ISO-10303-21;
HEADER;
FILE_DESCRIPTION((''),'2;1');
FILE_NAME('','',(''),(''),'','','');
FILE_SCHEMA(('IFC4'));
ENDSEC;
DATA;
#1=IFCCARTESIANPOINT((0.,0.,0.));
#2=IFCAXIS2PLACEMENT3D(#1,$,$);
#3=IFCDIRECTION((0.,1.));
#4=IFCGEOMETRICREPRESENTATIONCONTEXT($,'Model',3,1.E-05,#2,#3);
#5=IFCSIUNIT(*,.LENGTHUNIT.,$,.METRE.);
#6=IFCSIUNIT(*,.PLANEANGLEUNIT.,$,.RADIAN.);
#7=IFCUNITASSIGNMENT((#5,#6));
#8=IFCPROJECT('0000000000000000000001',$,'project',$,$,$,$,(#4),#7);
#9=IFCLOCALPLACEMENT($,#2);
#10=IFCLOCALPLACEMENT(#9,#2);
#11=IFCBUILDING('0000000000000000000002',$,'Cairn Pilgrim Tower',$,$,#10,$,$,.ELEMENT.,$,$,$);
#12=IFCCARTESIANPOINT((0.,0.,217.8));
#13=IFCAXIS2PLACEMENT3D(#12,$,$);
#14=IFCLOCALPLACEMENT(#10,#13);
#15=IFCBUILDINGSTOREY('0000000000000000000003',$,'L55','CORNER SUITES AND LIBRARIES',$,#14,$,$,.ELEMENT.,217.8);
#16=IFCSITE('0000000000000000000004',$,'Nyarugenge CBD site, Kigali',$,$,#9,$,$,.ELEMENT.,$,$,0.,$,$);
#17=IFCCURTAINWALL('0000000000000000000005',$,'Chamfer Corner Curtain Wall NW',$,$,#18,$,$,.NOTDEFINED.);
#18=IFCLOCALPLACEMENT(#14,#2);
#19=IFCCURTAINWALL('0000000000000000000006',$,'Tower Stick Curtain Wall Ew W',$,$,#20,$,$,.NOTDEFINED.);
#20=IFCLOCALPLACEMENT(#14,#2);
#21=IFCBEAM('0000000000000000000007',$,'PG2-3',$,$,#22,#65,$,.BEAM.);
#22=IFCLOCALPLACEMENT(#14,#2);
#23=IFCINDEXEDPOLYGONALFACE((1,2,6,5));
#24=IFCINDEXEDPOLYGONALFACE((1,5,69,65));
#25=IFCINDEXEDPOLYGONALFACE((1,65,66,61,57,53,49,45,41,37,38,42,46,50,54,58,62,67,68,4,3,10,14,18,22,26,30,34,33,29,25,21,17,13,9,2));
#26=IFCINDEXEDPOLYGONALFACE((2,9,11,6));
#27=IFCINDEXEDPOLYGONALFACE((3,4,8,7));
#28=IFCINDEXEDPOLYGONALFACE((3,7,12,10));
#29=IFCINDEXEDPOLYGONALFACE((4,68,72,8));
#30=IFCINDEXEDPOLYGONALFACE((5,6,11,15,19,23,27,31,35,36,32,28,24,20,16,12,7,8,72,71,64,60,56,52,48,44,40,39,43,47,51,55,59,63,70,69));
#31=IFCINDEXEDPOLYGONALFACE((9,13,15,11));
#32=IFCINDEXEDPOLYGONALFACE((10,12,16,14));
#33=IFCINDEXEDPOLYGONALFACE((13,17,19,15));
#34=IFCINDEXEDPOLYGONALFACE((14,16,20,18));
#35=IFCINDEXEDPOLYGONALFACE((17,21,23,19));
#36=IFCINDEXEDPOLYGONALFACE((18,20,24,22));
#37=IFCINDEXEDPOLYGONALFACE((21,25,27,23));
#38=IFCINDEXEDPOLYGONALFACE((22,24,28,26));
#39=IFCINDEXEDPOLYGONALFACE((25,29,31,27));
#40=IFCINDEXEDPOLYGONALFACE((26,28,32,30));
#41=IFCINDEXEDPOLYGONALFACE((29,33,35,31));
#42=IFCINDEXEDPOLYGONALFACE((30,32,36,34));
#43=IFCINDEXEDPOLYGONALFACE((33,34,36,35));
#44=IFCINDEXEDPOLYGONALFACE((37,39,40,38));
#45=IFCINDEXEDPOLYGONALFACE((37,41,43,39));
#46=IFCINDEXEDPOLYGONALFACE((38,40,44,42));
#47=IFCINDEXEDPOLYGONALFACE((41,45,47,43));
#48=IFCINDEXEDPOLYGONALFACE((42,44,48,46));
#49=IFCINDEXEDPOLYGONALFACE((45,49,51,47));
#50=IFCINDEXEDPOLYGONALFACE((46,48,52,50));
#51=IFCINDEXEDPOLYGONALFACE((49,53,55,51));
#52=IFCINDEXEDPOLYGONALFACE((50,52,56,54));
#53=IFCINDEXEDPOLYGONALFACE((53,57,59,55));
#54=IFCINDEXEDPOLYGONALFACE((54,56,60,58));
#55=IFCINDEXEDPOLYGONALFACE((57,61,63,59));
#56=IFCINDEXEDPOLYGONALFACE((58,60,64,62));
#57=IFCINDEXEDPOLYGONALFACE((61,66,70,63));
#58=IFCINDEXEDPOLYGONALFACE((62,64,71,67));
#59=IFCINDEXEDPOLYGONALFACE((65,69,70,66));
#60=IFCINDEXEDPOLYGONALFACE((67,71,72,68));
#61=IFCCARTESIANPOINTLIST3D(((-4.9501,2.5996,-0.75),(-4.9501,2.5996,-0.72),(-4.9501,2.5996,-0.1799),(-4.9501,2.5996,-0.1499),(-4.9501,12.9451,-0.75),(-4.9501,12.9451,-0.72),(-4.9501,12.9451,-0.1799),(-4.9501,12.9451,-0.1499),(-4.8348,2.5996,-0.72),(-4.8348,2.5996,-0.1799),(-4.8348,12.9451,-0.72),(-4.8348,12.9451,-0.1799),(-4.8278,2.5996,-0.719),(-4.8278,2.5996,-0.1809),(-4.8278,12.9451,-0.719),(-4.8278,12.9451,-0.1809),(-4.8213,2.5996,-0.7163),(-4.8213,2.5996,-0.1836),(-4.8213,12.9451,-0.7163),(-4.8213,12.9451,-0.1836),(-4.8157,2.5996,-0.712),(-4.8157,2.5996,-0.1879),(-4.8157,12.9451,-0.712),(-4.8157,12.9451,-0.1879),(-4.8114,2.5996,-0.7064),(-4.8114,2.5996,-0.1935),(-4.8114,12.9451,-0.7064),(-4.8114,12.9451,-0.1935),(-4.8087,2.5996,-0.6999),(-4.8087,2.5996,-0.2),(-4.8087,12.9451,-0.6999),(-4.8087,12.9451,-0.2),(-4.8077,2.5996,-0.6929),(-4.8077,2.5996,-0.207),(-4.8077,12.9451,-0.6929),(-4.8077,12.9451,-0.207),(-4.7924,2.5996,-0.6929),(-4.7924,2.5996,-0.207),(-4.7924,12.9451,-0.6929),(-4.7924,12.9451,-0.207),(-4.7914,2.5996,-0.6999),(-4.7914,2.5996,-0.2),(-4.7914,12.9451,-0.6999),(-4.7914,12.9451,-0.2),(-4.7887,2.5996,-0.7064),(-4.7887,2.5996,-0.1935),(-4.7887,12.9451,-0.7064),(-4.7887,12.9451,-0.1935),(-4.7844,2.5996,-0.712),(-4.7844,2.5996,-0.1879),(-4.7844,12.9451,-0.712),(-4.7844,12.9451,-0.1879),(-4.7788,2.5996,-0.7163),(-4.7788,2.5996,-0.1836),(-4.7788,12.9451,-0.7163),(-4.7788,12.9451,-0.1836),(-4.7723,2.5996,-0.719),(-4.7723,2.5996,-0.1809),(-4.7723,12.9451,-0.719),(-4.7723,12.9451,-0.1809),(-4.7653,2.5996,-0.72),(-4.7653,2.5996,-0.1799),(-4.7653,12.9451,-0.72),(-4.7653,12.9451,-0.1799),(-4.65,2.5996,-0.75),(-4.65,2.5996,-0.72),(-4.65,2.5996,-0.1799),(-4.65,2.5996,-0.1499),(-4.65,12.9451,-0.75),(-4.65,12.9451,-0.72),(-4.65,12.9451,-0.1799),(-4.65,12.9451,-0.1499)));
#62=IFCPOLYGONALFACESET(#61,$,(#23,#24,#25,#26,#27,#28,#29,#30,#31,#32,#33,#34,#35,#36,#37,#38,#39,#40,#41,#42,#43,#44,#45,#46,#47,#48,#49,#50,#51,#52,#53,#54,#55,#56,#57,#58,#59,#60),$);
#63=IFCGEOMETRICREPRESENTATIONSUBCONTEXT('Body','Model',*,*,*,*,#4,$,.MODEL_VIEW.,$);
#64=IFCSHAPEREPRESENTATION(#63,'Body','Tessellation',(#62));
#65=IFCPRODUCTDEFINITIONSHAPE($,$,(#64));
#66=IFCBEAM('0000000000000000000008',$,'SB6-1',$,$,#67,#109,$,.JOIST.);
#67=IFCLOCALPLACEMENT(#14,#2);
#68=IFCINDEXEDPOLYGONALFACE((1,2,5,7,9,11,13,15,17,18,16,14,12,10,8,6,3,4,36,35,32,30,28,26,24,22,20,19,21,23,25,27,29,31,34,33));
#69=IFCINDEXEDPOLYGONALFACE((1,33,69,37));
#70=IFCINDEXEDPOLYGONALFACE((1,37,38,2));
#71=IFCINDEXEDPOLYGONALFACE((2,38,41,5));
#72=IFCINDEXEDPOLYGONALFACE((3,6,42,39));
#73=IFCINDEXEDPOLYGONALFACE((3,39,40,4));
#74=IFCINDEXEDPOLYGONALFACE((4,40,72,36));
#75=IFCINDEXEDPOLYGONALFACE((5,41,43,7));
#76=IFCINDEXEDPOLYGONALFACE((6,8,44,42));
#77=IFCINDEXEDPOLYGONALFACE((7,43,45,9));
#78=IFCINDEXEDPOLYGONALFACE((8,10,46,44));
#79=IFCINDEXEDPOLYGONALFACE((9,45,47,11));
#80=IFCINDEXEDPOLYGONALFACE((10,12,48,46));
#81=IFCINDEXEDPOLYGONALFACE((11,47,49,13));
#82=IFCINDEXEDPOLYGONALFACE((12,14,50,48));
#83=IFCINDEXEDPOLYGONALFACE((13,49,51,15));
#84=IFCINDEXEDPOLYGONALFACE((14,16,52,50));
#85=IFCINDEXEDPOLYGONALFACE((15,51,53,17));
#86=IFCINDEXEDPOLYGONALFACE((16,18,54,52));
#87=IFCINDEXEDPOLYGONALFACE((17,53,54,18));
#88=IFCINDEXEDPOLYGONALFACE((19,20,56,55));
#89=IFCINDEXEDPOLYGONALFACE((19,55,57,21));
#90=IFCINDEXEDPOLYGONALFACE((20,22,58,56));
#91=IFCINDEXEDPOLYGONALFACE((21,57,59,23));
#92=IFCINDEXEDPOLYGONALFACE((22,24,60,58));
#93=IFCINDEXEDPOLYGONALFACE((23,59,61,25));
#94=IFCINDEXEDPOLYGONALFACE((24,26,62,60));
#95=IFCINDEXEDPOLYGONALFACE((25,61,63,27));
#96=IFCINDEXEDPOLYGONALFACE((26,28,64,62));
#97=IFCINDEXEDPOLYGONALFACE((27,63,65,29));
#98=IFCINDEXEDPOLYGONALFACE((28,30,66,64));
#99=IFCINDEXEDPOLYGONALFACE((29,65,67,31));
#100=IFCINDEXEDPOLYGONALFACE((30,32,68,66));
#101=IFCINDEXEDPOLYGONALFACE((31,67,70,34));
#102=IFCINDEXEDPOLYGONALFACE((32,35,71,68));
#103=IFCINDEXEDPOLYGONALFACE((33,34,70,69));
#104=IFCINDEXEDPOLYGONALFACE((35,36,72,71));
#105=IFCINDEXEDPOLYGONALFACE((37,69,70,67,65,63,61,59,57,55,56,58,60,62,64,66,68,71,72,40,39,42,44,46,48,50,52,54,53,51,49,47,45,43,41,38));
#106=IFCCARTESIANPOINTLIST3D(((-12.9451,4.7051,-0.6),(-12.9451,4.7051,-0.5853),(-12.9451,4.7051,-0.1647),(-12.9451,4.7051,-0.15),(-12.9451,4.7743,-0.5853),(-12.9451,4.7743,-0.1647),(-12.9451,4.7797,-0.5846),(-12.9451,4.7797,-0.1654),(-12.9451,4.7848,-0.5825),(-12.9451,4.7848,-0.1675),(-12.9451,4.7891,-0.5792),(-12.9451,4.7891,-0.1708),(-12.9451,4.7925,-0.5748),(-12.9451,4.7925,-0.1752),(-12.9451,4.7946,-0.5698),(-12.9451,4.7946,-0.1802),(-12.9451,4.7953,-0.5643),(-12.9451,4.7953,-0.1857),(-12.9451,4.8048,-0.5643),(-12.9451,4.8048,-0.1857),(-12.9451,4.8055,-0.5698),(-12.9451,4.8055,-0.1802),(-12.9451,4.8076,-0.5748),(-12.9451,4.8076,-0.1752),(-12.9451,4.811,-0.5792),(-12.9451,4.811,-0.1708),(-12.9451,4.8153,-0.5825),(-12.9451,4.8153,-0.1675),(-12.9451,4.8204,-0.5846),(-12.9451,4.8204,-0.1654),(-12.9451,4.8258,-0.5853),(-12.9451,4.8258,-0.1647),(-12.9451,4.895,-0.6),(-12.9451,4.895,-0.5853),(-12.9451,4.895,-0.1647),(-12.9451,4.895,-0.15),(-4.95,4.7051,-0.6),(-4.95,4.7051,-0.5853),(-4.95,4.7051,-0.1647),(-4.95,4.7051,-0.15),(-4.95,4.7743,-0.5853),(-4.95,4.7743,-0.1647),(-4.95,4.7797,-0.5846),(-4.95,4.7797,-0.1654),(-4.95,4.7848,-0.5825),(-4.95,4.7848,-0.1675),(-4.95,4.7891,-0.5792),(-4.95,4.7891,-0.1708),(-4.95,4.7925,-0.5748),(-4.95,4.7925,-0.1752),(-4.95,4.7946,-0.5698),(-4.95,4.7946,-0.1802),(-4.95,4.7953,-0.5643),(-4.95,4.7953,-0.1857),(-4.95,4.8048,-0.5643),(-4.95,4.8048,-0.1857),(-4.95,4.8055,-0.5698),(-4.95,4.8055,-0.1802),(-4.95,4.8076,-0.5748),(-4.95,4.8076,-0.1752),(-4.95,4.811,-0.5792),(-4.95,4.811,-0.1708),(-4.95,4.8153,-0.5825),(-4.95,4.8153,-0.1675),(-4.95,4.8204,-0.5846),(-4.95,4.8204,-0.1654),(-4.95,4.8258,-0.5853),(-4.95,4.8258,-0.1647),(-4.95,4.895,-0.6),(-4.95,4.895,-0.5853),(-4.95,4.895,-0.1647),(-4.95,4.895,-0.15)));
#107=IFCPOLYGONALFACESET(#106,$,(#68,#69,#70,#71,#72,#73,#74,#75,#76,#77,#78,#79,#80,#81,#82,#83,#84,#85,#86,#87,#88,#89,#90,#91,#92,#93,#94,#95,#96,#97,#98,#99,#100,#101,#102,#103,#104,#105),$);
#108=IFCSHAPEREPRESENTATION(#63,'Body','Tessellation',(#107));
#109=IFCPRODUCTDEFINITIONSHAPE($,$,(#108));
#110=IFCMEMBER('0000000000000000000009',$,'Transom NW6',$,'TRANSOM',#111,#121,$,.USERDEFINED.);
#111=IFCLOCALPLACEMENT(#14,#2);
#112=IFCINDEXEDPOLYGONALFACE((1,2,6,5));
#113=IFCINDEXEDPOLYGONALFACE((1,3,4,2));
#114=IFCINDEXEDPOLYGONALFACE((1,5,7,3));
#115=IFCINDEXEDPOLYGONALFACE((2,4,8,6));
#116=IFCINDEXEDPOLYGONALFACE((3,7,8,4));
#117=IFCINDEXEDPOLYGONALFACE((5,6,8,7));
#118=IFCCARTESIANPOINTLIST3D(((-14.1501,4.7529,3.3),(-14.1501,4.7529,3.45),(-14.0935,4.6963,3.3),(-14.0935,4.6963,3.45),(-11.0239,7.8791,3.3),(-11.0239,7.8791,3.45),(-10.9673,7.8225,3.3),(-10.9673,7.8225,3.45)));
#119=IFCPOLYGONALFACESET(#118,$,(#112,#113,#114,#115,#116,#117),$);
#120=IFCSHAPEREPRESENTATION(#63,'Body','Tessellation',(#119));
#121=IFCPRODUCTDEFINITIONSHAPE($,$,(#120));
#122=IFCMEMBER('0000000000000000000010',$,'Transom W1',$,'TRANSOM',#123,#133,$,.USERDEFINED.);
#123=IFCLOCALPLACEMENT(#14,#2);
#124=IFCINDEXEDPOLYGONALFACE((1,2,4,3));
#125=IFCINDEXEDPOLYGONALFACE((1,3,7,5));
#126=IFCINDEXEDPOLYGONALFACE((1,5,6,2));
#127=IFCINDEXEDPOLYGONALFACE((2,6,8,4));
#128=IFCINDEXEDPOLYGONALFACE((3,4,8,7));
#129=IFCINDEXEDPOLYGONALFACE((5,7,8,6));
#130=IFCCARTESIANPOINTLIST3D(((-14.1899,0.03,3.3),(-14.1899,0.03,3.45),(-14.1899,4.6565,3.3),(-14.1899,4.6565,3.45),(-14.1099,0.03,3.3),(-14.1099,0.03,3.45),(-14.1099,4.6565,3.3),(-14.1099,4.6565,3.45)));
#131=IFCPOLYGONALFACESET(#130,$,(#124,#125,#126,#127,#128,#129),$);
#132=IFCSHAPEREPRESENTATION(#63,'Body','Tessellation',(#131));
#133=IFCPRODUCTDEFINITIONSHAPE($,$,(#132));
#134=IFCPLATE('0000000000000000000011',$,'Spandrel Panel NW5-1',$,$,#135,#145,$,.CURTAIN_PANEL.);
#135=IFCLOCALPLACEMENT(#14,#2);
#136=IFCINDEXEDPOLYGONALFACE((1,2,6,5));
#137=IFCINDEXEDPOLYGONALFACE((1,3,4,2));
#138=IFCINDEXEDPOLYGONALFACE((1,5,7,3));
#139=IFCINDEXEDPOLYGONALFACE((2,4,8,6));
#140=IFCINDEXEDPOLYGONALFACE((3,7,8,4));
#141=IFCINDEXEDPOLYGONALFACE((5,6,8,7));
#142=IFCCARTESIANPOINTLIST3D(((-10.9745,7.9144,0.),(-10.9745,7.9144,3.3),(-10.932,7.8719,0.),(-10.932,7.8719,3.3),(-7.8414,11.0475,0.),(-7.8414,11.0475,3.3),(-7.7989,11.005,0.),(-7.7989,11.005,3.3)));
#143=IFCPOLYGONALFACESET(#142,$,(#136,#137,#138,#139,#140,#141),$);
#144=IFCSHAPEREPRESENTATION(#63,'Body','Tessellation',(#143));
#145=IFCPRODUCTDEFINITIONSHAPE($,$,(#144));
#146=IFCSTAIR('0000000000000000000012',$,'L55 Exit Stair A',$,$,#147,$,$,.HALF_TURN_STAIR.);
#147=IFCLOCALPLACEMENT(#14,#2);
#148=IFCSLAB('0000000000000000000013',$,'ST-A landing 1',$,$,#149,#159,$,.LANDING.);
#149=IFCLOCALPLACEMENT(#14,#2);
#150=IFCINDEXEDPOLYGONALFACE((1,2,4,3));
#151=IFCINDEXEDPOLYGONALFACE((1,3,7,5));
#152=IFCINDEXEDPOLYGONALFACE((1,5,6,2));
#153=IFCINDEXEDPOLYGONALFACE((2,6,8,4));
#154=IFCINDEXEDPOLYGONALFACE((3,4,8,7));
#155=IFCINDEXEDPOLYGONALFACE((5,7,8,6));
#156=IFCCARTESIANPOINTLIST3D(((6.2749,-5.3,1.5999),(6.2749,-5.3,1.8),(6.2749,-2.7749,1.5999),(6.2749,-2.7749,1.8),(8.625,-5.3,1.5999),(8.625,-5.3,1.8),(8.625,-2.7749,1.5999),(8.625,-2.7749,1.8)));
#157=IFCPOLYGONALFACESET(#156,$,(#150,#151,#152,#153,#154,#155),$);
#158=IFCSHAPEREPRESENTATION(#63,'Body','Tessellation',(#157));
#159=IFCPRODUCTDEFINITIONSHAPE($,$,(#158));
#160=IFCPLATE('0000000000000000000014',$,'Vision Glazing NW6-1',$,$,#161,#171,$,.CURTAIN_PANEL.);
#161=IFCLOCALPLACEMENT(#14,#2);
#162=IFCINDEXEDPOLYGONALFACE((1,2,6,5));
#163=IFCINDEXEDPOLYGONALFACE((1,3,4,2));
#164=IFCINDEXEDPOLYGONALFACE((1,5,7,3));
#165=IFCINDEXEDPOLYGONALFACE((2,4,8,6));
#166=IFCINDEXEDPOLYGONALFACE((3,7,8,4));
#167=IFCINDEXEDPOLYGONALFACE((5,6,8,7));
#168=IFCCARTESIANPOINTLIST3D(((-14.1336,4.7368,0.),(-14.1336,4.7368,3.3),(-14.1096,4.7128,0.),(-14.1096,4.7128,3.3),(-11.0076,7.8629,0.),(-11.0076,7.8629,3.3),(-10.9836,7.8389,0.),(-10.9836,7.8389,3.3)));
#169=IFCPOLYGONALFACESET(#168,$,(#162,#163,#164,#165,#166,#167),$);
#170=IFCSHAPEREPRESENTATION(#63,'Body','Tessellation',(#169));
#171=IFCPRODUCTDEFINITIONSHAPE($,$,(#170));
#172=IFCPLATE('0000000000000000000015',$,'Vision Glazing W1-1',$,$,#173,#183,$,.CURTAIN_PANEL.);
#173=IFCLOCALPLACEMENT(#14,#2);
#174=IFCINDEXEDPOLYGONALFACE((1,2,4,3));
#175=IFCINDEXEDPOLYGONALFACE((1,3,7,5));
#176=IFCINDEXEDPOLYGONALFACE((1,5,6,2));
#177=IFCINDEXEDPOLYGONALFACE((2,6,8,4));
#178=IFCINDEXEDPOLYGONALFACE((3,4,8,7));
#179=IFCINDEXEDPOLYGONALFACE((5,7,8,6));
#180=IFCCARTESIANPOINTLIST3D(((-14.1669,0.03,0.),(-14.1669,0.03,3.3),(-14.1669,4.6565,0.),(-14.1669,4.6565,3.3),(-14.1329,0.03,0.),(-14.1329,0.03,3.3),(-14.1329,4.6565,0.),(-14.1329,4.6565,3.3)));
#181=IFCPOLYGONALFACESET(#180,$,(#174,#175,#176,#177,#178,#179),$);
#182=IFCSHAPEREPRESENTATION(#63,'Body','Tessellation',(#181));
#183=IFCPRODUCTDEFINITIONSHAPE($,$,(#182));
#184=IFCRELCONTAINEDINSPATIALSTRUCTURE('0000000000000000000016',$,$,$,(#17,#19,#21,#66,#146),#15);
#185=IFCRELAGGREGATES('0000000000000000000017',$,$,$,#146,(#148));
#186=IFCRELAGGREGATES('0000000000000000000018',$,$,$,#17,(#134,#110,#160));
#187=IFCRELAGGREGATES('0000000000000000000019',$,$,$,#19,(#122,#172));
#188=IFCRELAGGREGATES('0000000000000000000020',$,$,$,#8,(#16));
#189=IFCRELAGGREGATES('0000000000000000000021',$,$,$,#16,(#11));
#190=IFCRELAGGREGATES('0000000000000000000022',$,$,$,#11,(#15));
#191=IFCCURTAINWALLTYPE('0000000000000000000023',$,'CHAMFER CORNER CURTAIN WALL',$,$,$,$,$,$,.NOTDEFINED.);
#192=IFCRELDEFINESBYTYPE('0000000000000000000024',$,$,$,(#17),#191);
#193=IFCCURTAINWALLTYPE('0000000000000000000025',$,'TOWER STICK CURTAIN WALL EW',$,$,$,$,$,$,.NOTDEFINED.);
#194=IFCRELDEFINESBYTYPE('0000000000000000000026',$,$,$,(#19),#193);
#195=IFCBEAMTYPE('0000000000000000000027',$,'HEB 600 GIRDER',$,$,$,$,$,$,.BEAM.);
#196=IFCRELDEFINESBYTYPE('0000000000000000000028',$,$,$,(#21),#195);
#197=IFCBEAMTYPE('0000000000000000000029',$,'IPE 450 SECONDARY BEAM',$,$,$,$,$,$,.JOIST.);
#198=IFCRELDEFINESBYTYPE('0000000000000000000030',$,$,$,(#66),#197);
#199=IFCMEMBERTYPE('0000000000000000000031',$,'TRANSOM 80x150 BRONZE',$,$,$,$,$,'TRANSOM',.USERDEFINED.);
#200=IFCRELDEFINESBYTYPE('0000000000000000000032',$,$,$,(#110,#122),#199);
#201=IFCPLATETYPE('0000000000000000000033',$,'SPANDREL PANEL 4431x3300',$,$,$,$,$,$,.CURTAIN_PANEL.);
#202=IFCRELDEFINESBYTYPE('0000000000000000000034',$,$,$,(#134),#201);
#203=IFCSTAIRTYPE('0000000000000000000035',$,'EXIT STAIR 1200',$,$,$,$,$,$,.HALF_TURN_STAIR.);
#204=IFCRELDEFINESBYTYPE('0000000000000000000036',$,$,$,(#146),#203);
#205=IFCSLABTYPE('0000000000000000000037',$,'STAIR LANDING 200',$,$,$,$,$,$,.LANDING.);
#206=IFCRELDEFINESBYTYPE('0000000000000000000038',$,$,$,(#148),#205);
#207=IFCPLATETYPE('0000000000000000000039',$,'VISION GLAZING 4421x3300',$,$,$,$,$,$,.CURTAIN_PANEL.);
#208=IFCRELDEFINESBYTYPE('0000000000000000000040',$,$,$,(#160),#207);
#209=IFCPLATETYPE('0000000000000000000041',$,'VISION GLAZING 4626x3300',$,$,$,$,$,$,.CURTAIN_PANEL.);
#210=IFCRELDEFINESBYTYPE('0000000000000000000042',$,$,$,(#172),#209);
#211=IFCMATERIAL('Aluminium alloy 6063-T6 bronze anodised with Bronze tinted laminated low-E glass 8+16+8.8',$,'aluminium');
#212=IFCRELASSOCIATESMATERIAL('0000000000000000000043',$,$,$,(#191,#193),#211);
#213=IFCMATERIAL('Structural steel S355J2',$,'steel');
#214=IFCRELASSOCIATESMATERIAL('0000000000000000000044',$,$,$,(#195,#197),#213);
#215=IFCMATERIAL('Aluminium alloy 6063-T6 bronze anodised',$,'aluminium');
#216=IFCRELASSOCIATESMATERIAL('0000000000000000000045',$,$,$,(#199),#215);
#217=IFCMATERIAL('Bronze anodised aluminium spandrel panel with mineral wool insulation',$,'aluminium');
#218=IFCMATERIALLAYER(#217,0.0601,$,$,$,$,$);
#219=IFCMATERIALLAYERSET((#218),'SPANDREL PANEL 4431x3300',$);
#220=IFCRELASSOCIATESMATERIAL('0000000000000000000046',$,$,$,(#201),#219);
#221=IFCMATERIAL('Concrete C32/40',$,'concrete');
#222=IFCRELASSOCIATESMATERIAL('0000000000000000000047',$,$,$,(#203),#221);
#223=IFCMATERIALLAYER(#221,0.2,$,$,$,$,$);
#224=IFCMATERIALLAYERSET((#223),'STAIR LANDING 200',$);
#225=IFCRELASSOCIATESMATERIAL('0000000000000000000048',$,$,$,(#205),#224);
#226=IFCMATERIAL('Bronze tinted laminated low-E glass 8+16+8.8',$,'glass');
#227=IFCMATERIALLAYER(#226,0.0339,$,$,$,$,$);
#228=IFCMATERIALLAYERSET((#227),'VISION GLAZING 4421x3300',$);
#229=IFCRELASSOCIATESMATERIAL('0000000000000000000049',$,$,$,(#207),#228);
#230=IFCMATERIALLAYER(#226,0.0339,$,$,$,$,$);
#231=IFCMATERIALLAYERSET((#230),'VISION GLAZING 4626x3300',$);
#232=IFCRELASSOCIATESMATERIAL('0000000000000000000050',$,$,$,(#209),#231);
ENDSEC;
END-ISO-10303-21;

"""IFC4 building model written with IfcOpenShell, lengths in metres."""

from ifc_helpers import new_model, si_unit, direction, frame, origin, origin_2d, place, context, subcontext, project, spatial, polyline, rectangle, i_section, outline, extrude, material, layer, layer_set, material_profile, profile_set, type_object, element, aggregate, save


model = new_model("IFC4")

# Units and contexts
model_context = context("Model", 3, precision=1e-05, world=origin(), true_north=direction((0.0, 1.0)))
body_context = subcontext(model_context, "Body", "Model", "MODEL_VIEW")
ifc_project = project(units=[si_unit("LENGTHUNIT", "METRE"), si_unit("PLANEANGLEUNIT", "RADIAN")], contexts=[model_context])

# Site, building, storey
site_placement = place(None, origin())
site = spatial("IfcSite", under=ifc_project, at=site_placement, Name="Nyarugenge CBD site, Kigali", CompositionType="ELEMENT", RefElevation=0.0)
building_placement = place(site_placement, origin())
building = spatial("IfcBuilding", under=site, at=building_placement, Name="Cairn Pilgrim Tower", CompositionType="ELEMENT")
storey_placement = place(building_placement, frame((0.0, 0.0, 217.8)))
storey = spatial("IfcBuildingStorey", under=building, at=storey_placement, Name="L55", Description="CORNER SUITES AND LIBRARIES", CompositionType="ELEMENT", Elevation=217.8)

# Shared definitions
ifc_material_1 = material(Name="Structural steel S355J2", Category="steel")

# Curtain walls
ifc_material_2 = material(Name="Aluminium alloy 6063-T6 bronze anodised with Bronze tinted laminated low-E glass 8+16+8.8", Category="aluminium")
curtain_wall_type_1 = type_object("IfcCurtainWallType", Name="CHAMFER CORNER CURTAIN WALL", PredefinedType="NOTDEFINED", material=ifc_material_2)
curtain_wall_1_placement = place(storey_placement, origin())
curtain_wall_1 = element("IfcCurtainWall", 1, at=curtain_wall_1_placement, inside=storey, type_object=curtain_wall_type_1, Name="Chamfer Corner Curtain Wall NW", PredefinedType="NOTDEFINED")
ifc_material_3 = material(Name="Aluminium alloy 6063-T6 bronze anodised", Category="aluminium")
curtain_wall_type_2 = type_object("IfcCurtainWallType", Name="TOWER STICK CURTAIN WALL EW", PredefinedType="NOTDEFINED", material=ifc_material_2)
curtain_wall_2_placement = place(storey_placement, origin())
curtain_wall_2 = element("IfcCurtainWall", 2, at=curtain_wall_2_placement, inside=storey, type_object=curtain_wall_type_2, Name="Tower Stick Curtain Wall Ew W", PredefinedType="NOTDEFINED")

# Beams
ifc_material_profile_1 = material_profile(ifc_material_1, i_section(OverallWidth=0.3, OverallDepth=0.6001, WebThickness=0.0154, FlangeThickness=0.03, FilletRadius=0.0271, at=origin_2d()), Name="HEB 600")
ifc_profile_set_1 = profile_set([ifc_material_profile_1], Name="Structural steel S355J2")
beam_type_1 = type_object("IfcBeamType", Name="HEB 600 GIRDER", PredefinedType="BEAM", material=ifc_profile_set_1)
beam_1_placement = place(storey_placement, frame((-4.8, 2.5996, -0.45), z_axis=(0.0, 1.0, 0.0), x_axis=(-1.0, 0.0, 0.0)))
element("IfcBeam", 3, at=beam_1_placement, inside=storey, type_object=beam_type_1, Name="PG2-3", PredefinedType="BEAM", context=body_context, shape_type="SweptSolid", body=[
    extrude(i_section(OverallWidth=0.3, OverallDepth=0.6001, WebThickness=0.0154, FlangeThickness=0.03, FilletRadius=0.0271, at=origin_2d()), origin(), (0.0, 0.0, 1.0), 10.3455),
])
ifc_material_profile_2 = material_profile(ifc_material_1, i_section(OverallWidth=0.1899, OverallDepth=0.45, WebThickness=0.0095, FlangeThickness=0.0146, FilletRadius=0.021, at=origin_2d()), Name="IPE 450")
ifc_profile_set_2 = profile_set([ifc_material_profile_2], Name="Structural steel S355J2")
beam_type_2 = type_object("IfcBeamType", Name="IPE 450 SECONDARY BEAM", PredefinedType="JOIST", material=ifc_profile_set_2)
beam_2_placement = place(storey_placement, frame((-12.9451, 4.8, -0.375), z_axis=(1.0, 0.0, 0.0), x_axis=(0.0, 1.0, 0.0)))
element("IfcBeam", 4, at=beam_2_placement, inside=storey, type_object=beam_type_2, Name="SB6-1", PredefinedType="JOIST", context=body_context, shape_type="SweptSolid", body=[
    extrude(i_section(OverallWidth=0.1899, OverallDepth=0.45, WebThickness=0.0095, FlangeThickness=0.0146, FilletRadius=0.021, at=origin_2d()), origin(), (0.0, 0.0, 1.0), 7.9951),
])

# Members
ifc_material_profile_3 = material_profile(ifc_material_3, rectangle(XDim=0.0801, YDim=0.1499, at=origin_2d()), Name="TRANSOM 80x150 BRONZE")
ifc_profile_set_3 = profile_set([ifc_material_profile_3], Name="Aluminium alloy 6063-T6 bronze anodised")
member_type_1 = type_object("IfcMemberType", Name="TRANSOM 80x150 BRONZE", ElementType="TRANSOM", PredefinedType="USERDEFINED", material=ifc_profile_set_3)
member_1_placement = place(storey_placement, frame((-10.9956, 7.8508, 3.375), z_axis=(-0.707107, -0.707107, 0.0), x_axis=(0.707107, -0.707107, 0.0)))
member_1 = element("IfcMember", 5, at=member_1_placement, type_object=member_type_1, Name="Transom NW6", ObjectType="TRANSOM", PredefinedType="USERDEFINED", context=body_context, shape_type="SweptSolid", body=[
    extrude(rectangle(XDim=0.0801, YDim=0.1499, at=origin_2d()), origin(), (0.0, 0.0, 1.0), 4.4211),
])
member_2_placement = place(storey_placement, frame((-14.1499, 4.6565, 3.375), z_axis=(0.0, -1.0, 0.0), x_axis=(1.0, 0.0, 0.0)))
member_2 = element("IfcMember", 6, at=member_2_placement, type_object=member_type_1, Name="Transom W1", ObjectType="TRANSOM", PredefinedType="USERDEFINED", context=body_context, shape_type="SweptSolid", body=[
    extrude(rectangle(XDim=0.0801, YDim=0.1499, at=origin_2d()), origin(), (0.0, 0.0, 1.0), 4.6265),
])

# Plate
ifc_material_4 = material(Name="Bronze anodised aluminium spandrel panel with mineral wool insulation", Category="aluminium")
ifc_layer_1 = layer(ifc_material_4, 0.0601)
ifc_layer_set_1 = layer_set([ifc_layer_1], Name="SPANDREL PANEL 4431x3300")
plate_type_1 = type_object("IfcPlateType", Name="SPANDREL PANEL 4431x3300", PredefinedType="CURTAIN_PANEL", material=ifc_layer_set_1)
plate_1_placement = place(storey_placement, frame((-9.3867, 9.4597, 0.0), z_axis=(0.0, 0.0, 1.0), x_axis=(-0.707107, -0.707107, 0.0)))
plate_1 = element("IfcPlate", 7, at=plate_1_placement, type_object=plate_type_1, Name="Spandrel Panel NW5-1", PredefinedType="CURTAIN_PANEL", context=body_context, shape_type="SweptSolid", body=[
    extrude(rectangle(XDim=4.4309, YDim=0.0601, at=origin_2d()), origin(), (0.0, 0.0, 1.0), 3.3),
])

# Stair, slab
ifc_material_5 = material(Name="Concrete C32/40", Category="concrete")
stair_type = type_object("IfcStairType", Name="EXIT STAIR 1200", PredefinedType="HALF_TURN_STAIR", material=ifc_material_5)
stair_placement = place(storey_placement, origin())
stair = element("IfcStair", 8, at=stair_placement, inside=storey, type_object=stair_type, Name="L55 Exit Stair A", PredefinedType="HALF_TURN_STAIR")
ifc_layer_2 = layer(ifc_material_5, 0.2)
ifc_layer_set_2 = layer_set([ifc_layer_2], Name="STAIR LANDING 200")
slab_type = type_object("IfcSlabType", Name="STAIR LANDING 200", PredefinedType="LANDING", material=ifc_layer_set_2)
slab_placement = place(storey_placement, frame((0.0, 0.0, 1.5999)))
slab = element("IfcSlab", 9, at=slab_placement, type_object=slab_type, Name="ST-A landing 1", PredefinedType="LANDING", context=body_context, shape_type="SweptSolid", body=[
    extrude(outline(polyline([(8.625, -2.7749), (6.2749, -2.7749), (6.2749, -5.3), (8.625, -5.3), (8.625, -2.7749)])), origin(), (0.0, 0.0, 1.0), 0.2002),
])
aggregate(stair, [slab])

# Plates
ifc_material_6 = material(Name="Bronze tinted laminated low-E glass 8+16+8.8", Category="glass")
ifc_layer_3 = layer(ifc_material_6, 0.0339)
ifc_layer_set_3 = layer_set([ifc_layer_3], Name="VISION GLAZING 4421x3300")
plate_type_2 = type_object("IfcPlateType", Name="VISION GLAZING 4421x3300", PredefinedType="CURTAIN_PANEL", material=ifc_layer_set_3)
plate_2_placement = place(storey_placement, frame((-12.5586, 6.2878, 0.0), z_axis=(0.0, 0.0, 1.0), x_axis=(-0.707107, -0.707107, 0.0)))
plate_2 = element("IfcPlate", 10, at=plate_2_placement, type_object=plate_type_2, Name="Vision Glazing NW6-1", PredefinedType="CURTAIN_PANEL", context=body_context, shape_type="SweptSolid", body=[
    extrude(rectangle(XDim=4.4209, YDim=0.0339, at=origin_2d()), origin(), (0.0, 0.0, 1.0), 3.3),
])
aggregate(curtain_wall_1, [plate_1, member_1, plate_2])
ifc_layer_4 = layer(ifc_material_6, 0.0339)
ifc_layer_set_4 = layer_set([ifc_layer_4], Name="VISION GLAZING 4626x3300")
plate_type_3 = type_object("IfcPlateType", Name="VISION GLAZING 4626x3300", PredefinedType="CURTAIN_PANEL", material=ifc_layer_set_4)
plate_3_placement = place(storey_placement, frame((-14.1499, 2.3433, 0.0), z_axis=(0.0, 0.0, 1.0), x_axis=(0.0, -1.0, 0.0)))
plate_3 = element("IfcPlate", 11, at=plate_3_placement, type_object=plate_type_3, Name="Vision Glazing W1-1", PredefinedType="CURTAIN_PANEL", context=body_context, shape_type="SweptSolid", body=[
    extrude(rectangle(XDim=4.6265, YDim=0.0339, at=origin_2d()), origin(), (0.0, 0.0, 1.0), 3.3),
])
aggregate(curtain_wall_2, [member_2, plate_3])

save(model, "model.ifc")
